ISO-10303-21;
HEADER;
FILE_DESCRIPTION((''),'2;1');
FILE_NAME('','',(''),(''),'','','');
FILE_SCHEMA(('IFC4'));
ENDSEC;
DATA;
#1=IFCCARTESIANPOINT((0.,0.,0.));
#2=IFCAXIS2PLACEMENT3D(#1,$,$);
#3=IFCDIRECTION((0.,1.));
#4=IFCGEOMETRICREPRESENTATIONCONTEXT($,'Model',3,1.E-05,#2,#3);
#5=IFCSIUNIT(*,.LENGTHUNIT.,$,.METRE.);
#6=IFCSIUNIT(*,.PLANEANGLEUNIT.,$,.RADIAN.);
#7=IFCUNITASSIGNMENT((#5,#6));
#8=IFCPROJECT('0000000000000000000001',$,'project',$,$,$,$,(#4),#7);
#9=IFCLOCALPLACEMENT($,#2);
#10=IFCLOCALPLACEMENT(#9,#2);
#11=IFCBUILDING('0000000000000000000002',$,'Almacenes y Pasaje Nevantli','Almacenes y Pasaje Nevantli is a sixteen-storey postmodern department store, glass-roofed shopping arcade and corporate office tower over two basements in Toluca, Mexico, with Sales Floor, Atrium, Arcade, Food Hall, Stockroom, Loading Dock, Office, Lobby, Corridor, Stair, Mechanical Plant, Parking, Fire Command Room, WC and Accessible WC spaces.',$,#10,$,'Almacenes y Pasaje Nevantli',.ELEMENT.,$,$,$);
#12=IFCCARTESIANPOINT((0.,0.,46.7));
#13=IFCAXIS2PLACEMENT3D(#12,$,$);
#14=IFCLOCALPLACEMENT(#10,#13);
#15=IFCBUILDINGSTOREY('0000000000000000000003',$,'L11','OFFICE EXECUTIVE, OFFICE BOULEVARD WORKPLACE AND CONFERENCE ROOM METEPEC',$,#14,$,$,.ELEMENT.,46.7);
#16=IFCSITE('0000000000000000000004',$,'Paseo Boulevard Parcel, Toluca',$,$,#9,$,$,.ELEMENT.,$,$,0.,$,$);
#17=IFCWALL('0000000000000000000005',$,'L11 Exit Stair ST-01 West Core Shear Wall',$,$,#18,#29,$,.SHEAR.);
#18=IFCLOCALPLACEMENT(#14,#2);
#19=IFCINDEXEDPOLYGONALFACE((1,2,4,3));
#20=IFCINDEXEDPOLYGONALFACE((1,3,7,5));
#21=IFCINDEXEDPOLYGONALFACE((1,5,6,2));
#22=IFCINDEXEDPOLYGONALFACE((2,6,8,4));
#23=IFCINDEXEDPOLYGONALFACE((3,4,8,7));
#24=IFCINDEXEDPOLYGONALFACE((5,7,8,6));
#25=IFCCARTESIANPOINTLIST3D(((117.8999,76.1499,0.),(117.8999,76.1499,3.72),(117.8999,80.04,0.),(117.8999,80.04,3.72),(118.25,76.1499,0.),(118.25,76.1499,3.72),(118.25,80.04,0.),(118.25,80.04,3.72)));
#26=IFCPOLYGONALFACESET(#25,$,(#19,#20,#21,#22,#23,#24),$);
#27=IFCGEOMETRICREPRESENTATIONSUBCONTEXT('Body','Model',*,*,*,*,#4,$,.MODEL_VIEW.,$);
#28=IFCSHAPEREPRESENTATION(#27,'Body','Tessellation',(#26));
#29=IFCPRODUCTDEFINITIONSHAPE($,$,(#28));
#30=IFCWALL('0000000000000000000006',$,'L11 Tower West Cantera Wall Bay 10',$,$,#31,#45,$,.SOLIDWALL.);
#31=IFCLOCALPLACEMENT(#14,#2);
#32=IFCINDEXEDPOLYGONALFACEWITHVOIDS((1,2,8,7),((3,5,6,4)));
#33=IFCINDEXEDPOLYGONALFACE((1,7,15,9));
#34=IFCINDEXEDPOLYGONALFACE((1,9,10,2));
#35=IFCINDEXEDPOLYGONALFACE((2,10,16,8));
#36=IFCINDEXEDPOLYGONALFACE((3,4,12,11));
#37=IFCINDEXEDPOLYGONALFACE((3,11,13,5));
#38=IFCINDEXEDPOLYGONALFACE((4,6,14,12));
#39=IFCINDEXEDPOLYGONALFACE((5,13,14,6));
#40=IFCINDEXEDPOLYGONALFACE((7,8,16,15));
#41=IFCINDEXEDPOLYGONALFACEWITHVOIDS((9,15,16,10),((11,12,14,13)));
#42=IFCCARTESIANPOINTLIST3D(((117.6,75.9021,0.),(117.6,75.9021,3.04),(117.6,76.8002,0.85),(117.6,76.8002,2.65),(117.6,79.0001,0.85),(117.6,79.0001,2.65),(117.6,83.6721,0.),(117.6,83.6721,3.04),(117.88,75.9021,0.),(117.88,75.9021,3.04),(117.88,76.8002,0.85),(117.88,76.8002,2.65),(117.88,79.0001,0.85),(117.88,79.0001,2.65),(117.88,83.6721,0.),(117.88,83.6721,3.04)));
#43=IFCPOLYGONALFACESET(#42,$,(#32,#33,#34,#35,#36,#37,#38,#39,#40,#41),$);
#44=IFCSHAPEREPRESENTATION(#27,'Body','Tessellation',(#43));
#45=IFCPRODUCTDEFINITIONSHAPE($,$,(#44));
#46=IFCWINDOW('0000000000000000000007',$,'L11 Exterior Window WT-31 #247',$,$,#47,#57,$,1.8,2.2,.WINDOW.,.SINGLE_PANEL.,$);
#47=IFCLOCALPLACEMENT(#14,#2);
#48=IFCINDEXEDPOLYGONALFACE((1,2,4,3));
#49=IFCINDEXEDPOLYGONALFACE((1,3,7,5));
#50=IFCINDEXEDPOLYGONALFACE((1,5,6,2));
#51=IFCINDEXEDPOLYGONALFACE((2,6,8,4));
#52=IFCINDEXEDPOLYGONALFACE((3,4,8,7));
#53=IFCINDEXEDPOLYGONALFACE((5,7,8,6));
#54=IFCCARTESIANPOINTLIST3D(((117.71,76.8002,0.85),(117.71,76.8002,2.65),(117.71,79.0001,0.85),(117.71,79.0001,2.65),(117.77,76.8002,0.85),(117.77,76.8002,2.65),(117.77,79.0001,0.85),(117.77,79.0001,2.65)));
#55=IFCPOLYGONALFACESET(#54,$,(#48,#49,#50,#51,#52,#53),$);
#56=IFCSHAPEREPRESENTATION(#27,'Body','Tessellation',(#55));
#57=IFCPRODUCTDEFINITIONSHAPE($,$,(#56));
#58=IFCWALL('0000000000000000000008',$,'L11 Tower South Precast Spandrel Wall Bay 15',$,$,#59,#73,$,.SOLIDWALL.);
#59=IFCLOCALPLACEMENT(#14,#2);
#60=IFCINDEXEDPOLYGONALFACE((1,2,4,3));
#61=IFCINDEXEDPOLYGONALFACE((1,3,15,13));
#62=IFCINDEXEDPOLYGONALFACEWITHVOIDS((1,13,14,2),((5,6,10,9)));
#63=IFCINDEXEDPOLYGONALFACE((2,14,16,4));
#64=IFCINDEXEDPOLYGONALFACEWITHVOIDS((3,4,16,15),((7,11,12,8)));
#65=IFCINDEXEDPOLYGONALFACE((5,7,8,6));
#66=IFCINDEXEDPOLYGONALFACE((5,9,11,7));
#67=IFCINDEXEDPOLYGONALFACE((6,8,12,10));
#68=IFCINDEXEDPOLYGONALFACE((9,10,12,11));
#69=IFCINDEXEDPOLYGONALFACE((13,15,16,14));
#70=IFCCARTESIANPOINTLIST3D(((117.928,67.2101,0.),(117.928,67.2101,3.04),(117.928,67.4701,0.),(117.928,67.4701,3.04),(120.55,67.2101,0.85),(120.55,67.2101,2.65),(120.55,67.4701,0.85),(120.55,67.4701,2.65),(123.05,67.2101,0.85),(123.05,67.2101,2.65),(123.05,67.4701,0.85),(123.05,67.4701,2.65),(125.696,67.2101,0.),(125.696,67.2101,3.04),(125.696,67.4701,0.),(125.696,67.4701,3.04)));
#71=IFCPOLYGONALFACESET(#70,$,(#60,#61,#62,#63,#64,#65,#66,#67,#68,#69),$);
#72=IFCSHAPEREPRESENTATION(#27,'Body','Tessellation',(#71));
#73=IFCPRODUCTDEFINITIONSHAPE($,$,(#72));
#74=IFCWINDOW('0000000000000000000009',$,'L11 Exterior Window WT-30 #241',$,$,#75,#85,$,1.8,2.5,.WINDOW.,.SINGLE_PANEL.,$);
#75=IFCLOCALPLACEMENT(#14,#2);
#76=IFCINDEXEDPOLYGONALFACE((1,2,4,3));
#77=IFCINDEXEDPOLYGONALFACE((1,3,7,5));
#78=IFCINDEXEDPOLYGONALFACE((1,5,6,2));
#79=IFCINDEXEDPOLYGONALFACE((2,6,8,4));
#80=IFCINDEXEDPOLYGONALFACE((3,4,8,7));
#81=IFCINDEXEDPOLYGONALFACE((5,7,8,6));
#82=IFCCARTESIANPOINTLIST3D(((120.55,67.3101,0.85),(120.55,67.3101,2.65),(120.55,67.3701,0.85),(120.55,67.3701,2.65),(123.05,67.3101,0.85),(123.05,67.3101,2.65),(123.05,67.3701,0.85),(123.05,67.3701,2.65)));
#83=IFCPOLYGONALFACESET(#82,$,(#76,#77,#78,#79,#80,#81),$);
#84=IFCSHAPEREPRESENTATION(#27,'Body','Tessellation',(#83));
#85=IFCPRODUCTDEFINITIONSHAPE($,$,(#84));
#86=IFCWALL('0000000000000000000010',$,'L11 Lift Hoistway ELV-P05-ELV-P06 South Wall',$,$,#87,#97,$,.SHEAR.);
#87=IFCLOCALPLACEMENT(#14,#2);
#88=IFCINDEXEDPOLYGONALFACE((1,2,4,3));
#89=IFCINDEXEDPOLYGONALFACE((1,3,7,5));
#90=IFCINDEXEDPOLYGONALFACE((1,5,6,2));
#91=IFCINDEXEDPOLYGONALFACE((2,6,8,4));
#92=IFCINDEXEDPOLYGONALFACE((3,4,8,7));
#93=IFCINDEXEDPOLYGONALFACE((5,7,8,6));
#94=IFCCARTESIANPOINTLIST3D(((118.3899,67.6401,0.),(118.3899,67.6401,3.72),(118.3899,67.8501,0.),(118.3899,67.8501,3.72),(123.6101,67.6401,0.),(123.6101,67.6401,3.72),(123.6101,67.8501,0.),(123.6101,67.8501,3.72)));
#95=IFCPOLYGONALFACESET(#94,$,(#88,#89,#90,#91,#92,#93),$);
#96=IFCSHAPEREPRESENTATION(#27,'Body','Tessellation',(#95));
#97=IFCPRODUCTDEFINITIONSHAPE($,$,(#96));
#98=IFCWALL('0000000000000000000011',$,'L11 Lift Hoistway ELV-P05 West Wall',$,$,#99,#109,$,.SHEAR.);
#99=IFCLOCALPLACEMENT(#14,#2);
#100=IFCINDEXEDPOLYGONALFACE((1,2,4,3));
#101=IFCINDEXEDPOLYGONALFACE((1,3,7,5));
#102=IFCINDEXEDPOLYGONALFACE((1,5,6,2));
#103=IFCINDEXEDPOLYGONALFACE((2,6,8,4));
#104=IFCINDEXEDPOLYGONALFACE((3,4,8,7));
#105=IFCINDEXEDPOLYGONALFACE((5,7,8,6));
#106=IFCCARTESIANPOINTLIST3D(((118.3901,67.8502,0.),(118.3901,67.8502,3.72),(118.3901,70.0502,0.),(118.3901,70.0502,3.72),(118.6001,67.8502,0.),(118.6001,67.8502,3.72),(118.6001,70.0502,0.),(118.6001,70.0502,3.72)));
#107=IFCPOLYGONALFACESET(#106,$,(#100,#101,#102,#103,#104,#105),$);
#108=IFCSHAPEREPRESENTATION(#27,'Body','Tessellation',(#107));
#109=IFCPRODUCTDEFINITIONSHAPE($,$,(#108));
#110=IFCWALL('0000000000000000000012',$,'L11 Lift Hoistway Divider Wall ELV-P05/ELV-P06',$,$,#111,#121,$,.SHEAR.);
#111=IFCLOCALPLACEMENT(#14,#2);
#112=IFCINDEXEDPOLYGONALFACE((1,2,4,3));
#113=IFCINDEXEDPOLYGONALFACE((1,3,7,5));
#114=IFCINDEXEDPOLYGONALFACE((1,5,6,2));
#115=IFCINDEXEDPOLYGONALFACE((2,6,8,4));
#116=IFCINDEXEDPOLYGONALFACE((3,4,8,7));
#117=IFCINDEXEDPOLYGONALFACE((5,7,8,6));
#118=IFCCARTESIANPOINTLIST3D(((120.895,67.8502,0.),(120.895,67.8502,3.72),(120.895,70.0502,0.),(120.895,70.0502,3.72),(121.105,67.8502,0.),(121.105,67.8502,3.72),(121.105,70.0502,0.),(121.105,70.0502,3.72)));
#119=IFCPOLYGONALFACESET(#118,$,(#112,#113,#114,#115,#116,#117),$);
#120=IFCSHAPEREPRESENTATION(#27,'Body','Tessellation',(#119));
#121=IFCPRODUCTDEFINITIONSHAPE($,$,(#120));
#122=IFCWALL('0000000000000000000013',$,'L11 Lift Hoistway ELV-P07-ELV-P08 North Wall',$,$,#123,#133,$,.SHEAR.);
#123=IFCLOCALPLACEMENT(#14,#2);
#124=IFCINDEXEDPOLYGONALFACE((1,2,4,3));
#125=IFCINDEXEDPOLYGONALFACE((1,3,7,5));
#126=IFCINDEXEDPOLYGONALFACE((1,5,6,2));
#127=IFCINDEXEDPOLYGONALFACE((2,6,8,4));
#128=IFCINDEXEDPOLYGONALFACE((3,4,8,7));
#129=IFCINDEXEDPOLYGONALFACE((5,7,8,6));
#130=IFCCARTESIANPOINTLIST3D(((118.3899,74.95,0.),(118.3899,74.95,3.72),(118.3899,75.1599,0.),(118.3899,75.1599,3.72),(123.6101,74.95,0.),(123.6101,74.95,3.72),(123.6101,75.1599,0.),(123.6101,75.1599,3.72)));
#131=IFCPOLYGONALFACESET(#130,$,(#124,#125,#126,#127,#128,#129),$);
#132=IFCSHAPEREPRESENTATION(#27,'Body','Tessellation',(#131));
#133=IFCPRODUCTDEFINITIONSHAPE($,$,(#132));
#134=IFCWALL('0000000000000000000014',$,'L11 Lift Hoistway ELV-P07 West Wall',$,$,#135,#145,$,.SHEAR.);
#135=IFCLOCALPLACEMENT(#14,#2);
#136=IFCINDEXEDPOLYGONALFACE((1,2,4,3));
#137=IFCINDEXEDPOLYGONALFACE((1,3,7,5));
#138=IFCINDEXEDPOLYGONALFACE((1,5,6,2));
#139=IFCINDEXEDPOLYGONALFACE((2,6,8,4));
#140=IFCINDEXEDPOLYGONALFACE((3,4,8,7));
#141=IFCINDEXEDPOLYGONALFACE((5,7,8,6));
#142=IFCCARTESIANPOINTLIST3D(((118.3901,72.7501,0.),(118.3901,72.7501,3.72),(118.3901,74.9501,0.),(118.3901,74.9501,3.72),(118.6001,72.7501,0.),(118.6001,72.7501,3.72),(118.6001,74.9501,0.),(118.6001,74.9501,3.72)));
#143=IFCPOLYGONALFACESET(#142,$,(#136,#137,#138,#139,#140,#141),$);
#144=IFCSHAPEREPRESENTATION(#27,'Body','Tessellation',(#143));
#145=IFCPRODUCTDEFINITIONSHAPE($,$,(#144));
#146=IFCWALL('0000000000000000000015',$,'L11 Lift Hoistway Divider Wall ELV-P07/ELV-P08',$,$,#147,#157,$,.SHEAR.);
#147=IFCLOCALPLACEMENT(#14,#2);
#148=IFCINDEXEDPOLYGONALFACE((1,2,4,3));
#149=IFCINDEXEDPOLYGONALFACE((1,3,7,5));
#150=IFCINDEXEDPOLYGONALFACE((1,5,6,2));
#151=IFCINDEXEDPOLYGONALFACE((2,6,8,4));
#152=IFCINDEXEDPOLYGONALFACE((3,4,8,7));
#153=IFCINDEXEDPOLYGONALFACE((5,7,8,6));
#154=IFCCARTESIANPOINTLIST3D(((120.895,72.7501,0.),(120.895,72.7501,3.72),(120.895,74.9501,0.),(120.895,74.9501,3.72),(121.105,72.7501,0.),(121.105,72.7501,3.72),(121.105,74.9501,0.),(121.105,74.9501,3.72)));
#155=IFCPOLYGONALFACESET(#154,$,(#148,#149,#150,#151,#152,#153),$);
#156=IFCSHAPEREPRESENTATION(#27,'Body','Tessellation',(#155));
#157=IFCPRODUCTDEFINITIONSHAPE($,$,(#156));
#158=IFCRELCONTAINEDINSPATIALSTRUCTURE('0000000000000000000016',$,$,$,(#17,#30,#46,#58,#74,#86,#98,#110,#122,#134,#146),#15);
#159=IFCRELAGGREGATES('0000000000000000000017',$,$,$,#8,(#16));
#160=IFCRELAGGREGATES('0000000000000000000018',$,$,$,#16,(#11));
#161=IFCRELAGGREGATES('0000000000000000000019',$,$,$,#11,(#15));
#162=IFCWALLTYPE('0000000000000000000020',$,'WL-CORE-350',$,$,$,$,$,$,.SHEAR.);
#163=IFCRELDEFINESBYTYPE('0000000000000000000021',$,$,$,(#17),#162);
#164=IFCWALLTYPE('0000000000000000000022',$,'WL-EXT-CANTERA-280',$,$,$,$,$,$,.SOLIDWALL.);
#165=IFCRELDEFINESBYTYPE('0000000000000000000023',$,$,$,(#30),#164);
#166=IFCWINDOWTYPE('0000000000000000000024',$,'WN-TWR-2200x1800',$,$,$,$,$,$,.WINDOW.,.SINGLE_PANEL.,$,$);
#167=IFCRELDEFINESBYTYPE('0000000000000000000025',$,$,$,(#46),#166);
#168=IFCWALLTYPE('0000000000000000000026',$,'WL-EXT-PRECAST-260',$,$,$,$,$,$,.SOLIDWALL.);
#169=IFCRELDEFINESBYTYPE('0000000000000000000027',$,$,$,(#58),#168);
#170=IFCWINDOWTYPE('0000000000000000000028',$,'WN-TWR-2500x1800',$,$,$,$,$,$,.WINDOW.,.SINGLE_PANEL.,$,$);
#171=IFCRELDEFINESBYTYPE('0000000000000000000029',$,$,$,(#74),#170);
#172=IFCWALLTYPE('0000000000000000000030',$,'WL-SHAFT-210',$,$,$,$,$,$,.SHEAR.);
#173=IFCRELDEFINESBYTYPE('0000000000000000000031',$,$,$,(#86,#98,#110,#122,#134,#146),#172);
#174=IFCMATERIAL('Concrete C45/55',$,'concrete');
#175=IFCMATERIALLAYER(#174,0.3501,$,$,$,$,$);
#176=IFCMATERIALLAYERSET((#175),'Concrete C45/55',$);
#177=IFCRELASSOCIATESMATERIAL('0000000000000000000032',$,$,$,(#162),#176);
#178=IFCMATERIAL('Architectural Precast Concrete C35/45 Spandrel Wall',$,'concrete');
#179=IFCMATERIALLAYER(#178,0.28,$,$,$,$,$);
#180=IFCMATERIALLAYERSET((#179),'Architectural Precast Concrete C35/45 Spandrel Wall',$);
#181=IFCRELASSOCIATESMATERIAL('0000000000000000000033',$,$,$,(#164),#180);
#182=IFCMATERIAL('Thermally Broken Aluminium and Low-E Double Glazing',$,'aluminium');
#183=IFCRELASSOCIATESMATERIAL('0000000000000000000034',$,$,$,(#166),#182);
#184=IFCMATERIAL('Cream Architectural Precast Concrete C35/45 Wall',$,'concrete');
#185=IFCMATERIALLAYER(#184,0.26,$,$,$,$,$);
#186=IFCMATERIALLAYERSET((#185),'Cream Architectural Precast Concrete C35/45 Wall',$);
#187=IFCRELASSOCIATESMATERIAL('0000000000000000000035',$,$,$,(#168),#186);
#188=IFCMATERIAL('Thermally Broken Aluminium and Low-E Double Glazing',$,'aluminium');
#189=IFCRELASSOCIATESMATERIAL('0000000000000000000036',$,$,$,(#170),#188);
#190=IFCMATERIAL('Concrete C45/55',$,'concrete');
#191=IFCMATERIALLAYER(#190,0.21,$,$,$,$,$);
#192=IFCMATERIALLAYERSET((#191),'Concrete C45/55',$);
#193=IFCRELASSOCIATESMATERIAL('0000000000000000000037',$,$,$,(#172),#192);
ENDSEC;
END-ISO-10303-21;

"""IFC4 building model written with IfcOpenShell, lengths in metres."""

from ifc_helpers import new_model, si_unit, direction, frame, frame_2d, origin, place, context, subcontext, project, spatial, rectangle, extrude, material, layer, layer_set, type_object, element, fill, save


model = new_model("IFC4")

# Units and contexts
model_context = context("Model", 3, precision=1e-05, world=origin(), true_north=direction((0.0, 1.0)))
body_context = subcontext(model_context, "Body", "Model", "MODEL_VIEW")
ifc_project = project(units=[si_unit("LENGTHUNIT", "METRE"), si_unit("PLANEANGLEUNIT", "RADIAN")], contexts=[model_context])

# Site, building, storey
site_placement = place(None, origin())
site = spatial("IfcSite", under=ifc_project, at=site_placement, Name="Paseo Boulevard Parcel, Toluca", CompositionType="ELEMENT", RefElevation=0.0)
building_placement = place(site_placement, origin())
building = spatial("IfcBuilding", under=site, at=building_placement, Name="Almacenes y Pasaje Nevantli", Description="Almacenes y Pasaje Nevantli is a sixteen-storey postmodern department store, glass-roofed shopping arcade and corporate office tower over two basements in Toluca, Mexico, with Sales Floor, Atrium, Arcade, Food Hall, Stockroom, Loading Dock, Office, Lobby, Corridor, Stair, Mechanical Plant, Parking, Fire Command Room, WC and Accessible WC spaces.", LongName="Almacenes y Pasaje Nevantli", CompositionType="ELEMENT")
storey_placement = place(building_placement, frame((0.0, 0.0, 46.7)))
storey = spatial("IfcBuildingStorey", under=building, at=storey_placement, Name="L11", Description="OFFICE EXECUTIVE, OFFICE BOULEVARD WORKPLACE AND CONFERENCE ROOM METEPEC", CompositionType="ELEMENT", Elevation=46.7)

# Shared definitions
ifc_material_1 = material(Name="Concrete C45/55", Category="concrete")
ifc_layer_1 = layer(ifc_material_1, 0.3501)
ifc_layer_set_1 = layer_set([ifc_layer_1], Name="Concrete C45/55")
wall_type_1 = type_object("IfcWallType", Name="WL-CORE-350", PredefinedType="SHEAR", material=ifc_layer_set_1)

# Wall
wall_1_placement = place(storey_placement, frame((118.075, 76.1499, 0.0), z_axis=(0.0, 0.0, 1.0), x_axis=(0.0, 1.0, 0.0)))
element("IfcWall", 1, at=wall_1_placement, inside=storey, type_object=wall_type_1, Name="L11 Exit Stair ST-01 West Core Shear Wall", PredefinedType="SHEAR", context=body_context, shape_type="SweptSolid", body=[
    extrude(rectangle(XDim=3.8901, YDim=0.3501, at=frame_2d((1.9451, 0.0))), origin(), (0.0, 0.0, 1.0), 3.72),
])

# Walls, openings, windows
ifc_material_2 = material(Name="Architectural Precast Concrete C35/45 Spandrel Wall", Category="concrete")
ifc_layer_2 = layer(ifc_material_2, 0.28)
ifc_layer_set_2 = layer_set([ifc_layer_2], Name="Architectural Precast Concrete C35/45 Spandrel Wall")
wall_type_2 = type_object("IfcWallType", Name="WL-EXT-CANTERA-280", PredefinedType="SOLIDWALL", material=ifc_layer_set_2)
wall_2_placement = place(storey_placement, frame((117.74, 75.9021, 0.0), z_axis=(0.0, 0.0, 1.0), x_axis=(0.0, 1.0, 0.0)))
wall_2 = element("IfcWall", 2, at=wall_2_placement, inside=storey, type_object=wall_type_2, Name="L11 Tower West Cantera Wall Bay 10", PredefinedType="SOLIDWALL", context=body_context, shape_type="SweptSolid", body=[
    extrude(rectangle(XDim=7.77, YDim=0.28, at=frame_2d((3.885, 0.0))), origin(), (0.0, 0.0, 1.0), 3.04),
])
opening_1_placement = place(wall_2_placement, frame((0.8979, 0.0, 0.8501)))
opening_1 = element("IfcOpeningElement", 3, at=opening_1_placement, cuts=wall_2, PredefinedType="OPENING", context=body_context, shape_type="SweptSolid", body=[
    extrude(rectangle(XDim=2.2, YDim=1.8, at=frame_2d((1.1001, 0.8999))), frame((0.0, 0.1499, 0.0), z_axis=(0.0, -1.0, 0.0), x_axis=(1.0, 0.0, 0.0)), (0.0, 0.0, 1.0), 0.3),
])
ifc_material_3 = material(Name="Thermally Broken Aluminium and Low-E Double Glazing", Category="aluminium")
window_type_1 = type_object("IfcWindowType", Name="WN-TWR-2200x1800", PartitioningType="SINGLE_PANEL", PredefinedType="WINDOW", material=ifc_material_3)
window_1_placement = place(opening_1_placement, origin())
window_1 = element("IfcWindow", 4, at=window_1_placement, inside=storey, type_object=window_type_1, Name="L11 Exterior Window WT-31 #247", OverallHeight=1.8, OverallWidth=2.2, PartitioningType="SINGLE_PANEL", PredefinedType="WINDOW", context=body_context, shape_type="SweptSolid", body=[
    extrude(rectangle(XDim=2.2, YDim=1.8, at=frame_2d((1.1001, 0.8999))), frame((0.0, 0.03, 0.0), z_axis=(0.0, -1.0, 0.0), x_axis=(1.0, 0.0, 0.0)), (0.0, 0.0, 1.0), 0.0601),
])
fill(opening_1, window_1)
ifc_material_4 = material(Name="Cream Architectural Precast Concrete C35/45 Wall", Category="concrete")
ifc_layer_3 = layer(ifc_material_4, 0.26)
ifc_layer_set_3 = layer_set([ifc_layer_3], Name="Cream Architectural Precast Concrete C35/45 Wall")
wall_type_3 = type_object("IfcWallType", Name="WL-EXT-PRECAST-260", PredefinedType="SOLIDWALL", material=ifc_layer_set_3)
wall_3_placement = place(storey_placement, frame((117.928, 67.3401, 0.0), z_axis=(0.0, 0.0, 1.0), x_axis=(1.0, 0.0, 0.0)))
wall_3 = element("IfcWall", 5, at=wall_3_placement, inside=storey, type_object=wall_type_3, Name="L11 Tower South Precast Spandrel Wall Bay 15", PredefinedType="SOLIDWALL", context=body_context, shape_type="SweptSolid", body=[
    extrude(rectangle(XDim=7.7681, YDim=0.26, at=frame_2d((3.884, 0.0))), origin(), (0.0, 0.0, 1.0), 3.04),
])
opening_2_placement = place(wall_3_placement, frame((2.6221, 0.0, 0.8501)))
opening_2 = element("IfcOpeningElement", 6, at=opening_2_placement, cuts=wall_3, PredefinedType="OPENING", context=body_context, shape_type="SweptSolid", body=[
    extrude(rectangle(XDim=2.5, YDim=1.8, at=frame_2d((1.25, 0.8999))), frame((0.0, 0.1399, 0.0), z_axis=(0.0, -1.0, 0.0), x_axis=(1.0, 0.0, 0.0)), (0.0, 0.0, 1.0), 0.28),
])
ifc_material_5 = material(Name="Thermally Broken Aluminium and Low-E Double Glazing", Category="aluminium")
window_type_2 = type_object("IfcWindowType", Name="WN-TWR-2500x1800", PartitioningType="SINGLE_PANEL", PredefinedType="WINDOW", material=ifc_material_5)
window_2_placement = place(opening_2_placement, origin())
window_2 = element("IfcWindow", 7, at=window_2_placement, inside=storey, type_object=window_type_2, Name="L11 Exterior Window WT-30 #241", OverallHeight=1.8, OverallWidth=2.5, PartitioningType="SINGLE_PANEL", PredefinedType="WINDOW", context=body_context, shape_type="SweptSolid", body=[
    extrude(rectangle(XDim=2.5, YDim=1.8, at=frame_2d((1.25, 0.8999))), frame((0.0, 0.03, 0.0), z_axis=(0.0, -1.0, 0.0), x_axis=(1.0, 0.0, 0.0)), (0.0, 0.0, 1.0), 0.0601),
])
fill(opening_2, window_2)

# Wall
ifc_material_6 = material(Name="Concrete C45/55", Category="concrete")
ifc_layer_4 = layer(ifc_material_6, 0.21)
ifc_layer_set_4 = layer_set([ifc_layer_4], Name="Concrete C45/55")
wall_type_4 = type_object("IfcWallType", Name="WL-SHAFT-210", PredefinedType="SHEAR", material=ifc_layer_set_4)
wall_4_placement = place(storey_placement, frame((118.3899, 67.7451, 0.0), z_axis=(0.0, 0.0, 1.0), x_axis=(1.0, 0.0, 0.0)))
element("IfcWall", 8, at=wall_4_placement, inside=storey, type_object=wall_type_4, Name="L11 Lift Hoistway ELV-P05-ELV-P06 South Wall", PredefinedType="SHEAR", context=body_context, shape_type="SweptSolid", body=[
    extrude(rectangle(XDim=5.2202, YDim=0.21, at=frame_2d((2.6101, 0.0))), origin(), (0.0, 0.0, 1.0), 3.72),
])

# Walls
for number, where, z_axis, x_axis, name in (
    (9, (118.4951, 67.8501, 0.0), (0.0, 0.0, 1.0), (0.0, 1.0, 0.0), "L11 Lift Hoistway ELV-P05 West Wall"),
    (10, (121.0, 67.8501, 0.0), (0.0, 0.0, 1.0), (0.0, 1.0, 0.0), "L11 Lift Hoistway Divider Wall ELV-P05/ELV-P06"),
):
    element("IfcWall", number, at=place(storey_placement, frame(where, z_axis=z_axis, x_axis=x_axis)), inside=storey, type_object=wall_type_4, Name=name, PredefinedType="SHEAR", context=body_context, shape_type="SweptSolid", body=[
        extrude(rectangle(XDim=2.2, YDim=0.21, at=frame_2d((1.1001, 0.0))), origin(), (0.0, 0.0, 1.0), 3.72),
    ])

# Walls
wall_5_placement = place(storey_placement, frame((118.3899, 75.0549, 0.0), z_axis=(0.0, 0.0, 1.0), x_axis=(1.0, 0.0, 0.0)))
element("IfcWall", 11, at=wall_5_placement, inside=storey, type_object=wall_type_4, Name="L11 Lift Hoistway ELV-P07-ELV-P08 North Wall", PredefinedType="SHEAR", context=body_context, shape_type="SweptSolid", body=[
    extrude(rectangle(XDim=5.2202, YDim=0.21, at=frame_2d((2.6101, 0.0))), origin(), (0.0, 0.0, 1.0), 3.72),
])
for number, where, z_axis, x_axis, name in (
    (12, (118.4951, 72.75, 0.0), (0.0, 0.0, 1.0), (0.0, 1.0, 0.0), "L11 Lift Hoistway ELV-P07 West Wall"),
    (13, (121.0, 72.75, 0.0), (0.0, 0.0, 1.0), (0.0, 1.0, 0.0), "L11 Lift Hoistway Divider Wall ELV-P07/ELV-P08"),
):
    element("IfcWall", number, at=place(storey_placement, frame(where, z_axis=z_axis, x_axis=x_axis)), inside=storey, type_object=wall_type_4, Name=name, PredefinedType="SHEAR", context=body_context, shape_type="SweptSolid", body=[
        extrude(rectangle(XDim=2.2, YDim=0.21, at=frame_2d((1.1001, 0.0))), origin(), (0.0, 0.0, 1.0), 3.72),
    ])

save(model, "model.ifc")
